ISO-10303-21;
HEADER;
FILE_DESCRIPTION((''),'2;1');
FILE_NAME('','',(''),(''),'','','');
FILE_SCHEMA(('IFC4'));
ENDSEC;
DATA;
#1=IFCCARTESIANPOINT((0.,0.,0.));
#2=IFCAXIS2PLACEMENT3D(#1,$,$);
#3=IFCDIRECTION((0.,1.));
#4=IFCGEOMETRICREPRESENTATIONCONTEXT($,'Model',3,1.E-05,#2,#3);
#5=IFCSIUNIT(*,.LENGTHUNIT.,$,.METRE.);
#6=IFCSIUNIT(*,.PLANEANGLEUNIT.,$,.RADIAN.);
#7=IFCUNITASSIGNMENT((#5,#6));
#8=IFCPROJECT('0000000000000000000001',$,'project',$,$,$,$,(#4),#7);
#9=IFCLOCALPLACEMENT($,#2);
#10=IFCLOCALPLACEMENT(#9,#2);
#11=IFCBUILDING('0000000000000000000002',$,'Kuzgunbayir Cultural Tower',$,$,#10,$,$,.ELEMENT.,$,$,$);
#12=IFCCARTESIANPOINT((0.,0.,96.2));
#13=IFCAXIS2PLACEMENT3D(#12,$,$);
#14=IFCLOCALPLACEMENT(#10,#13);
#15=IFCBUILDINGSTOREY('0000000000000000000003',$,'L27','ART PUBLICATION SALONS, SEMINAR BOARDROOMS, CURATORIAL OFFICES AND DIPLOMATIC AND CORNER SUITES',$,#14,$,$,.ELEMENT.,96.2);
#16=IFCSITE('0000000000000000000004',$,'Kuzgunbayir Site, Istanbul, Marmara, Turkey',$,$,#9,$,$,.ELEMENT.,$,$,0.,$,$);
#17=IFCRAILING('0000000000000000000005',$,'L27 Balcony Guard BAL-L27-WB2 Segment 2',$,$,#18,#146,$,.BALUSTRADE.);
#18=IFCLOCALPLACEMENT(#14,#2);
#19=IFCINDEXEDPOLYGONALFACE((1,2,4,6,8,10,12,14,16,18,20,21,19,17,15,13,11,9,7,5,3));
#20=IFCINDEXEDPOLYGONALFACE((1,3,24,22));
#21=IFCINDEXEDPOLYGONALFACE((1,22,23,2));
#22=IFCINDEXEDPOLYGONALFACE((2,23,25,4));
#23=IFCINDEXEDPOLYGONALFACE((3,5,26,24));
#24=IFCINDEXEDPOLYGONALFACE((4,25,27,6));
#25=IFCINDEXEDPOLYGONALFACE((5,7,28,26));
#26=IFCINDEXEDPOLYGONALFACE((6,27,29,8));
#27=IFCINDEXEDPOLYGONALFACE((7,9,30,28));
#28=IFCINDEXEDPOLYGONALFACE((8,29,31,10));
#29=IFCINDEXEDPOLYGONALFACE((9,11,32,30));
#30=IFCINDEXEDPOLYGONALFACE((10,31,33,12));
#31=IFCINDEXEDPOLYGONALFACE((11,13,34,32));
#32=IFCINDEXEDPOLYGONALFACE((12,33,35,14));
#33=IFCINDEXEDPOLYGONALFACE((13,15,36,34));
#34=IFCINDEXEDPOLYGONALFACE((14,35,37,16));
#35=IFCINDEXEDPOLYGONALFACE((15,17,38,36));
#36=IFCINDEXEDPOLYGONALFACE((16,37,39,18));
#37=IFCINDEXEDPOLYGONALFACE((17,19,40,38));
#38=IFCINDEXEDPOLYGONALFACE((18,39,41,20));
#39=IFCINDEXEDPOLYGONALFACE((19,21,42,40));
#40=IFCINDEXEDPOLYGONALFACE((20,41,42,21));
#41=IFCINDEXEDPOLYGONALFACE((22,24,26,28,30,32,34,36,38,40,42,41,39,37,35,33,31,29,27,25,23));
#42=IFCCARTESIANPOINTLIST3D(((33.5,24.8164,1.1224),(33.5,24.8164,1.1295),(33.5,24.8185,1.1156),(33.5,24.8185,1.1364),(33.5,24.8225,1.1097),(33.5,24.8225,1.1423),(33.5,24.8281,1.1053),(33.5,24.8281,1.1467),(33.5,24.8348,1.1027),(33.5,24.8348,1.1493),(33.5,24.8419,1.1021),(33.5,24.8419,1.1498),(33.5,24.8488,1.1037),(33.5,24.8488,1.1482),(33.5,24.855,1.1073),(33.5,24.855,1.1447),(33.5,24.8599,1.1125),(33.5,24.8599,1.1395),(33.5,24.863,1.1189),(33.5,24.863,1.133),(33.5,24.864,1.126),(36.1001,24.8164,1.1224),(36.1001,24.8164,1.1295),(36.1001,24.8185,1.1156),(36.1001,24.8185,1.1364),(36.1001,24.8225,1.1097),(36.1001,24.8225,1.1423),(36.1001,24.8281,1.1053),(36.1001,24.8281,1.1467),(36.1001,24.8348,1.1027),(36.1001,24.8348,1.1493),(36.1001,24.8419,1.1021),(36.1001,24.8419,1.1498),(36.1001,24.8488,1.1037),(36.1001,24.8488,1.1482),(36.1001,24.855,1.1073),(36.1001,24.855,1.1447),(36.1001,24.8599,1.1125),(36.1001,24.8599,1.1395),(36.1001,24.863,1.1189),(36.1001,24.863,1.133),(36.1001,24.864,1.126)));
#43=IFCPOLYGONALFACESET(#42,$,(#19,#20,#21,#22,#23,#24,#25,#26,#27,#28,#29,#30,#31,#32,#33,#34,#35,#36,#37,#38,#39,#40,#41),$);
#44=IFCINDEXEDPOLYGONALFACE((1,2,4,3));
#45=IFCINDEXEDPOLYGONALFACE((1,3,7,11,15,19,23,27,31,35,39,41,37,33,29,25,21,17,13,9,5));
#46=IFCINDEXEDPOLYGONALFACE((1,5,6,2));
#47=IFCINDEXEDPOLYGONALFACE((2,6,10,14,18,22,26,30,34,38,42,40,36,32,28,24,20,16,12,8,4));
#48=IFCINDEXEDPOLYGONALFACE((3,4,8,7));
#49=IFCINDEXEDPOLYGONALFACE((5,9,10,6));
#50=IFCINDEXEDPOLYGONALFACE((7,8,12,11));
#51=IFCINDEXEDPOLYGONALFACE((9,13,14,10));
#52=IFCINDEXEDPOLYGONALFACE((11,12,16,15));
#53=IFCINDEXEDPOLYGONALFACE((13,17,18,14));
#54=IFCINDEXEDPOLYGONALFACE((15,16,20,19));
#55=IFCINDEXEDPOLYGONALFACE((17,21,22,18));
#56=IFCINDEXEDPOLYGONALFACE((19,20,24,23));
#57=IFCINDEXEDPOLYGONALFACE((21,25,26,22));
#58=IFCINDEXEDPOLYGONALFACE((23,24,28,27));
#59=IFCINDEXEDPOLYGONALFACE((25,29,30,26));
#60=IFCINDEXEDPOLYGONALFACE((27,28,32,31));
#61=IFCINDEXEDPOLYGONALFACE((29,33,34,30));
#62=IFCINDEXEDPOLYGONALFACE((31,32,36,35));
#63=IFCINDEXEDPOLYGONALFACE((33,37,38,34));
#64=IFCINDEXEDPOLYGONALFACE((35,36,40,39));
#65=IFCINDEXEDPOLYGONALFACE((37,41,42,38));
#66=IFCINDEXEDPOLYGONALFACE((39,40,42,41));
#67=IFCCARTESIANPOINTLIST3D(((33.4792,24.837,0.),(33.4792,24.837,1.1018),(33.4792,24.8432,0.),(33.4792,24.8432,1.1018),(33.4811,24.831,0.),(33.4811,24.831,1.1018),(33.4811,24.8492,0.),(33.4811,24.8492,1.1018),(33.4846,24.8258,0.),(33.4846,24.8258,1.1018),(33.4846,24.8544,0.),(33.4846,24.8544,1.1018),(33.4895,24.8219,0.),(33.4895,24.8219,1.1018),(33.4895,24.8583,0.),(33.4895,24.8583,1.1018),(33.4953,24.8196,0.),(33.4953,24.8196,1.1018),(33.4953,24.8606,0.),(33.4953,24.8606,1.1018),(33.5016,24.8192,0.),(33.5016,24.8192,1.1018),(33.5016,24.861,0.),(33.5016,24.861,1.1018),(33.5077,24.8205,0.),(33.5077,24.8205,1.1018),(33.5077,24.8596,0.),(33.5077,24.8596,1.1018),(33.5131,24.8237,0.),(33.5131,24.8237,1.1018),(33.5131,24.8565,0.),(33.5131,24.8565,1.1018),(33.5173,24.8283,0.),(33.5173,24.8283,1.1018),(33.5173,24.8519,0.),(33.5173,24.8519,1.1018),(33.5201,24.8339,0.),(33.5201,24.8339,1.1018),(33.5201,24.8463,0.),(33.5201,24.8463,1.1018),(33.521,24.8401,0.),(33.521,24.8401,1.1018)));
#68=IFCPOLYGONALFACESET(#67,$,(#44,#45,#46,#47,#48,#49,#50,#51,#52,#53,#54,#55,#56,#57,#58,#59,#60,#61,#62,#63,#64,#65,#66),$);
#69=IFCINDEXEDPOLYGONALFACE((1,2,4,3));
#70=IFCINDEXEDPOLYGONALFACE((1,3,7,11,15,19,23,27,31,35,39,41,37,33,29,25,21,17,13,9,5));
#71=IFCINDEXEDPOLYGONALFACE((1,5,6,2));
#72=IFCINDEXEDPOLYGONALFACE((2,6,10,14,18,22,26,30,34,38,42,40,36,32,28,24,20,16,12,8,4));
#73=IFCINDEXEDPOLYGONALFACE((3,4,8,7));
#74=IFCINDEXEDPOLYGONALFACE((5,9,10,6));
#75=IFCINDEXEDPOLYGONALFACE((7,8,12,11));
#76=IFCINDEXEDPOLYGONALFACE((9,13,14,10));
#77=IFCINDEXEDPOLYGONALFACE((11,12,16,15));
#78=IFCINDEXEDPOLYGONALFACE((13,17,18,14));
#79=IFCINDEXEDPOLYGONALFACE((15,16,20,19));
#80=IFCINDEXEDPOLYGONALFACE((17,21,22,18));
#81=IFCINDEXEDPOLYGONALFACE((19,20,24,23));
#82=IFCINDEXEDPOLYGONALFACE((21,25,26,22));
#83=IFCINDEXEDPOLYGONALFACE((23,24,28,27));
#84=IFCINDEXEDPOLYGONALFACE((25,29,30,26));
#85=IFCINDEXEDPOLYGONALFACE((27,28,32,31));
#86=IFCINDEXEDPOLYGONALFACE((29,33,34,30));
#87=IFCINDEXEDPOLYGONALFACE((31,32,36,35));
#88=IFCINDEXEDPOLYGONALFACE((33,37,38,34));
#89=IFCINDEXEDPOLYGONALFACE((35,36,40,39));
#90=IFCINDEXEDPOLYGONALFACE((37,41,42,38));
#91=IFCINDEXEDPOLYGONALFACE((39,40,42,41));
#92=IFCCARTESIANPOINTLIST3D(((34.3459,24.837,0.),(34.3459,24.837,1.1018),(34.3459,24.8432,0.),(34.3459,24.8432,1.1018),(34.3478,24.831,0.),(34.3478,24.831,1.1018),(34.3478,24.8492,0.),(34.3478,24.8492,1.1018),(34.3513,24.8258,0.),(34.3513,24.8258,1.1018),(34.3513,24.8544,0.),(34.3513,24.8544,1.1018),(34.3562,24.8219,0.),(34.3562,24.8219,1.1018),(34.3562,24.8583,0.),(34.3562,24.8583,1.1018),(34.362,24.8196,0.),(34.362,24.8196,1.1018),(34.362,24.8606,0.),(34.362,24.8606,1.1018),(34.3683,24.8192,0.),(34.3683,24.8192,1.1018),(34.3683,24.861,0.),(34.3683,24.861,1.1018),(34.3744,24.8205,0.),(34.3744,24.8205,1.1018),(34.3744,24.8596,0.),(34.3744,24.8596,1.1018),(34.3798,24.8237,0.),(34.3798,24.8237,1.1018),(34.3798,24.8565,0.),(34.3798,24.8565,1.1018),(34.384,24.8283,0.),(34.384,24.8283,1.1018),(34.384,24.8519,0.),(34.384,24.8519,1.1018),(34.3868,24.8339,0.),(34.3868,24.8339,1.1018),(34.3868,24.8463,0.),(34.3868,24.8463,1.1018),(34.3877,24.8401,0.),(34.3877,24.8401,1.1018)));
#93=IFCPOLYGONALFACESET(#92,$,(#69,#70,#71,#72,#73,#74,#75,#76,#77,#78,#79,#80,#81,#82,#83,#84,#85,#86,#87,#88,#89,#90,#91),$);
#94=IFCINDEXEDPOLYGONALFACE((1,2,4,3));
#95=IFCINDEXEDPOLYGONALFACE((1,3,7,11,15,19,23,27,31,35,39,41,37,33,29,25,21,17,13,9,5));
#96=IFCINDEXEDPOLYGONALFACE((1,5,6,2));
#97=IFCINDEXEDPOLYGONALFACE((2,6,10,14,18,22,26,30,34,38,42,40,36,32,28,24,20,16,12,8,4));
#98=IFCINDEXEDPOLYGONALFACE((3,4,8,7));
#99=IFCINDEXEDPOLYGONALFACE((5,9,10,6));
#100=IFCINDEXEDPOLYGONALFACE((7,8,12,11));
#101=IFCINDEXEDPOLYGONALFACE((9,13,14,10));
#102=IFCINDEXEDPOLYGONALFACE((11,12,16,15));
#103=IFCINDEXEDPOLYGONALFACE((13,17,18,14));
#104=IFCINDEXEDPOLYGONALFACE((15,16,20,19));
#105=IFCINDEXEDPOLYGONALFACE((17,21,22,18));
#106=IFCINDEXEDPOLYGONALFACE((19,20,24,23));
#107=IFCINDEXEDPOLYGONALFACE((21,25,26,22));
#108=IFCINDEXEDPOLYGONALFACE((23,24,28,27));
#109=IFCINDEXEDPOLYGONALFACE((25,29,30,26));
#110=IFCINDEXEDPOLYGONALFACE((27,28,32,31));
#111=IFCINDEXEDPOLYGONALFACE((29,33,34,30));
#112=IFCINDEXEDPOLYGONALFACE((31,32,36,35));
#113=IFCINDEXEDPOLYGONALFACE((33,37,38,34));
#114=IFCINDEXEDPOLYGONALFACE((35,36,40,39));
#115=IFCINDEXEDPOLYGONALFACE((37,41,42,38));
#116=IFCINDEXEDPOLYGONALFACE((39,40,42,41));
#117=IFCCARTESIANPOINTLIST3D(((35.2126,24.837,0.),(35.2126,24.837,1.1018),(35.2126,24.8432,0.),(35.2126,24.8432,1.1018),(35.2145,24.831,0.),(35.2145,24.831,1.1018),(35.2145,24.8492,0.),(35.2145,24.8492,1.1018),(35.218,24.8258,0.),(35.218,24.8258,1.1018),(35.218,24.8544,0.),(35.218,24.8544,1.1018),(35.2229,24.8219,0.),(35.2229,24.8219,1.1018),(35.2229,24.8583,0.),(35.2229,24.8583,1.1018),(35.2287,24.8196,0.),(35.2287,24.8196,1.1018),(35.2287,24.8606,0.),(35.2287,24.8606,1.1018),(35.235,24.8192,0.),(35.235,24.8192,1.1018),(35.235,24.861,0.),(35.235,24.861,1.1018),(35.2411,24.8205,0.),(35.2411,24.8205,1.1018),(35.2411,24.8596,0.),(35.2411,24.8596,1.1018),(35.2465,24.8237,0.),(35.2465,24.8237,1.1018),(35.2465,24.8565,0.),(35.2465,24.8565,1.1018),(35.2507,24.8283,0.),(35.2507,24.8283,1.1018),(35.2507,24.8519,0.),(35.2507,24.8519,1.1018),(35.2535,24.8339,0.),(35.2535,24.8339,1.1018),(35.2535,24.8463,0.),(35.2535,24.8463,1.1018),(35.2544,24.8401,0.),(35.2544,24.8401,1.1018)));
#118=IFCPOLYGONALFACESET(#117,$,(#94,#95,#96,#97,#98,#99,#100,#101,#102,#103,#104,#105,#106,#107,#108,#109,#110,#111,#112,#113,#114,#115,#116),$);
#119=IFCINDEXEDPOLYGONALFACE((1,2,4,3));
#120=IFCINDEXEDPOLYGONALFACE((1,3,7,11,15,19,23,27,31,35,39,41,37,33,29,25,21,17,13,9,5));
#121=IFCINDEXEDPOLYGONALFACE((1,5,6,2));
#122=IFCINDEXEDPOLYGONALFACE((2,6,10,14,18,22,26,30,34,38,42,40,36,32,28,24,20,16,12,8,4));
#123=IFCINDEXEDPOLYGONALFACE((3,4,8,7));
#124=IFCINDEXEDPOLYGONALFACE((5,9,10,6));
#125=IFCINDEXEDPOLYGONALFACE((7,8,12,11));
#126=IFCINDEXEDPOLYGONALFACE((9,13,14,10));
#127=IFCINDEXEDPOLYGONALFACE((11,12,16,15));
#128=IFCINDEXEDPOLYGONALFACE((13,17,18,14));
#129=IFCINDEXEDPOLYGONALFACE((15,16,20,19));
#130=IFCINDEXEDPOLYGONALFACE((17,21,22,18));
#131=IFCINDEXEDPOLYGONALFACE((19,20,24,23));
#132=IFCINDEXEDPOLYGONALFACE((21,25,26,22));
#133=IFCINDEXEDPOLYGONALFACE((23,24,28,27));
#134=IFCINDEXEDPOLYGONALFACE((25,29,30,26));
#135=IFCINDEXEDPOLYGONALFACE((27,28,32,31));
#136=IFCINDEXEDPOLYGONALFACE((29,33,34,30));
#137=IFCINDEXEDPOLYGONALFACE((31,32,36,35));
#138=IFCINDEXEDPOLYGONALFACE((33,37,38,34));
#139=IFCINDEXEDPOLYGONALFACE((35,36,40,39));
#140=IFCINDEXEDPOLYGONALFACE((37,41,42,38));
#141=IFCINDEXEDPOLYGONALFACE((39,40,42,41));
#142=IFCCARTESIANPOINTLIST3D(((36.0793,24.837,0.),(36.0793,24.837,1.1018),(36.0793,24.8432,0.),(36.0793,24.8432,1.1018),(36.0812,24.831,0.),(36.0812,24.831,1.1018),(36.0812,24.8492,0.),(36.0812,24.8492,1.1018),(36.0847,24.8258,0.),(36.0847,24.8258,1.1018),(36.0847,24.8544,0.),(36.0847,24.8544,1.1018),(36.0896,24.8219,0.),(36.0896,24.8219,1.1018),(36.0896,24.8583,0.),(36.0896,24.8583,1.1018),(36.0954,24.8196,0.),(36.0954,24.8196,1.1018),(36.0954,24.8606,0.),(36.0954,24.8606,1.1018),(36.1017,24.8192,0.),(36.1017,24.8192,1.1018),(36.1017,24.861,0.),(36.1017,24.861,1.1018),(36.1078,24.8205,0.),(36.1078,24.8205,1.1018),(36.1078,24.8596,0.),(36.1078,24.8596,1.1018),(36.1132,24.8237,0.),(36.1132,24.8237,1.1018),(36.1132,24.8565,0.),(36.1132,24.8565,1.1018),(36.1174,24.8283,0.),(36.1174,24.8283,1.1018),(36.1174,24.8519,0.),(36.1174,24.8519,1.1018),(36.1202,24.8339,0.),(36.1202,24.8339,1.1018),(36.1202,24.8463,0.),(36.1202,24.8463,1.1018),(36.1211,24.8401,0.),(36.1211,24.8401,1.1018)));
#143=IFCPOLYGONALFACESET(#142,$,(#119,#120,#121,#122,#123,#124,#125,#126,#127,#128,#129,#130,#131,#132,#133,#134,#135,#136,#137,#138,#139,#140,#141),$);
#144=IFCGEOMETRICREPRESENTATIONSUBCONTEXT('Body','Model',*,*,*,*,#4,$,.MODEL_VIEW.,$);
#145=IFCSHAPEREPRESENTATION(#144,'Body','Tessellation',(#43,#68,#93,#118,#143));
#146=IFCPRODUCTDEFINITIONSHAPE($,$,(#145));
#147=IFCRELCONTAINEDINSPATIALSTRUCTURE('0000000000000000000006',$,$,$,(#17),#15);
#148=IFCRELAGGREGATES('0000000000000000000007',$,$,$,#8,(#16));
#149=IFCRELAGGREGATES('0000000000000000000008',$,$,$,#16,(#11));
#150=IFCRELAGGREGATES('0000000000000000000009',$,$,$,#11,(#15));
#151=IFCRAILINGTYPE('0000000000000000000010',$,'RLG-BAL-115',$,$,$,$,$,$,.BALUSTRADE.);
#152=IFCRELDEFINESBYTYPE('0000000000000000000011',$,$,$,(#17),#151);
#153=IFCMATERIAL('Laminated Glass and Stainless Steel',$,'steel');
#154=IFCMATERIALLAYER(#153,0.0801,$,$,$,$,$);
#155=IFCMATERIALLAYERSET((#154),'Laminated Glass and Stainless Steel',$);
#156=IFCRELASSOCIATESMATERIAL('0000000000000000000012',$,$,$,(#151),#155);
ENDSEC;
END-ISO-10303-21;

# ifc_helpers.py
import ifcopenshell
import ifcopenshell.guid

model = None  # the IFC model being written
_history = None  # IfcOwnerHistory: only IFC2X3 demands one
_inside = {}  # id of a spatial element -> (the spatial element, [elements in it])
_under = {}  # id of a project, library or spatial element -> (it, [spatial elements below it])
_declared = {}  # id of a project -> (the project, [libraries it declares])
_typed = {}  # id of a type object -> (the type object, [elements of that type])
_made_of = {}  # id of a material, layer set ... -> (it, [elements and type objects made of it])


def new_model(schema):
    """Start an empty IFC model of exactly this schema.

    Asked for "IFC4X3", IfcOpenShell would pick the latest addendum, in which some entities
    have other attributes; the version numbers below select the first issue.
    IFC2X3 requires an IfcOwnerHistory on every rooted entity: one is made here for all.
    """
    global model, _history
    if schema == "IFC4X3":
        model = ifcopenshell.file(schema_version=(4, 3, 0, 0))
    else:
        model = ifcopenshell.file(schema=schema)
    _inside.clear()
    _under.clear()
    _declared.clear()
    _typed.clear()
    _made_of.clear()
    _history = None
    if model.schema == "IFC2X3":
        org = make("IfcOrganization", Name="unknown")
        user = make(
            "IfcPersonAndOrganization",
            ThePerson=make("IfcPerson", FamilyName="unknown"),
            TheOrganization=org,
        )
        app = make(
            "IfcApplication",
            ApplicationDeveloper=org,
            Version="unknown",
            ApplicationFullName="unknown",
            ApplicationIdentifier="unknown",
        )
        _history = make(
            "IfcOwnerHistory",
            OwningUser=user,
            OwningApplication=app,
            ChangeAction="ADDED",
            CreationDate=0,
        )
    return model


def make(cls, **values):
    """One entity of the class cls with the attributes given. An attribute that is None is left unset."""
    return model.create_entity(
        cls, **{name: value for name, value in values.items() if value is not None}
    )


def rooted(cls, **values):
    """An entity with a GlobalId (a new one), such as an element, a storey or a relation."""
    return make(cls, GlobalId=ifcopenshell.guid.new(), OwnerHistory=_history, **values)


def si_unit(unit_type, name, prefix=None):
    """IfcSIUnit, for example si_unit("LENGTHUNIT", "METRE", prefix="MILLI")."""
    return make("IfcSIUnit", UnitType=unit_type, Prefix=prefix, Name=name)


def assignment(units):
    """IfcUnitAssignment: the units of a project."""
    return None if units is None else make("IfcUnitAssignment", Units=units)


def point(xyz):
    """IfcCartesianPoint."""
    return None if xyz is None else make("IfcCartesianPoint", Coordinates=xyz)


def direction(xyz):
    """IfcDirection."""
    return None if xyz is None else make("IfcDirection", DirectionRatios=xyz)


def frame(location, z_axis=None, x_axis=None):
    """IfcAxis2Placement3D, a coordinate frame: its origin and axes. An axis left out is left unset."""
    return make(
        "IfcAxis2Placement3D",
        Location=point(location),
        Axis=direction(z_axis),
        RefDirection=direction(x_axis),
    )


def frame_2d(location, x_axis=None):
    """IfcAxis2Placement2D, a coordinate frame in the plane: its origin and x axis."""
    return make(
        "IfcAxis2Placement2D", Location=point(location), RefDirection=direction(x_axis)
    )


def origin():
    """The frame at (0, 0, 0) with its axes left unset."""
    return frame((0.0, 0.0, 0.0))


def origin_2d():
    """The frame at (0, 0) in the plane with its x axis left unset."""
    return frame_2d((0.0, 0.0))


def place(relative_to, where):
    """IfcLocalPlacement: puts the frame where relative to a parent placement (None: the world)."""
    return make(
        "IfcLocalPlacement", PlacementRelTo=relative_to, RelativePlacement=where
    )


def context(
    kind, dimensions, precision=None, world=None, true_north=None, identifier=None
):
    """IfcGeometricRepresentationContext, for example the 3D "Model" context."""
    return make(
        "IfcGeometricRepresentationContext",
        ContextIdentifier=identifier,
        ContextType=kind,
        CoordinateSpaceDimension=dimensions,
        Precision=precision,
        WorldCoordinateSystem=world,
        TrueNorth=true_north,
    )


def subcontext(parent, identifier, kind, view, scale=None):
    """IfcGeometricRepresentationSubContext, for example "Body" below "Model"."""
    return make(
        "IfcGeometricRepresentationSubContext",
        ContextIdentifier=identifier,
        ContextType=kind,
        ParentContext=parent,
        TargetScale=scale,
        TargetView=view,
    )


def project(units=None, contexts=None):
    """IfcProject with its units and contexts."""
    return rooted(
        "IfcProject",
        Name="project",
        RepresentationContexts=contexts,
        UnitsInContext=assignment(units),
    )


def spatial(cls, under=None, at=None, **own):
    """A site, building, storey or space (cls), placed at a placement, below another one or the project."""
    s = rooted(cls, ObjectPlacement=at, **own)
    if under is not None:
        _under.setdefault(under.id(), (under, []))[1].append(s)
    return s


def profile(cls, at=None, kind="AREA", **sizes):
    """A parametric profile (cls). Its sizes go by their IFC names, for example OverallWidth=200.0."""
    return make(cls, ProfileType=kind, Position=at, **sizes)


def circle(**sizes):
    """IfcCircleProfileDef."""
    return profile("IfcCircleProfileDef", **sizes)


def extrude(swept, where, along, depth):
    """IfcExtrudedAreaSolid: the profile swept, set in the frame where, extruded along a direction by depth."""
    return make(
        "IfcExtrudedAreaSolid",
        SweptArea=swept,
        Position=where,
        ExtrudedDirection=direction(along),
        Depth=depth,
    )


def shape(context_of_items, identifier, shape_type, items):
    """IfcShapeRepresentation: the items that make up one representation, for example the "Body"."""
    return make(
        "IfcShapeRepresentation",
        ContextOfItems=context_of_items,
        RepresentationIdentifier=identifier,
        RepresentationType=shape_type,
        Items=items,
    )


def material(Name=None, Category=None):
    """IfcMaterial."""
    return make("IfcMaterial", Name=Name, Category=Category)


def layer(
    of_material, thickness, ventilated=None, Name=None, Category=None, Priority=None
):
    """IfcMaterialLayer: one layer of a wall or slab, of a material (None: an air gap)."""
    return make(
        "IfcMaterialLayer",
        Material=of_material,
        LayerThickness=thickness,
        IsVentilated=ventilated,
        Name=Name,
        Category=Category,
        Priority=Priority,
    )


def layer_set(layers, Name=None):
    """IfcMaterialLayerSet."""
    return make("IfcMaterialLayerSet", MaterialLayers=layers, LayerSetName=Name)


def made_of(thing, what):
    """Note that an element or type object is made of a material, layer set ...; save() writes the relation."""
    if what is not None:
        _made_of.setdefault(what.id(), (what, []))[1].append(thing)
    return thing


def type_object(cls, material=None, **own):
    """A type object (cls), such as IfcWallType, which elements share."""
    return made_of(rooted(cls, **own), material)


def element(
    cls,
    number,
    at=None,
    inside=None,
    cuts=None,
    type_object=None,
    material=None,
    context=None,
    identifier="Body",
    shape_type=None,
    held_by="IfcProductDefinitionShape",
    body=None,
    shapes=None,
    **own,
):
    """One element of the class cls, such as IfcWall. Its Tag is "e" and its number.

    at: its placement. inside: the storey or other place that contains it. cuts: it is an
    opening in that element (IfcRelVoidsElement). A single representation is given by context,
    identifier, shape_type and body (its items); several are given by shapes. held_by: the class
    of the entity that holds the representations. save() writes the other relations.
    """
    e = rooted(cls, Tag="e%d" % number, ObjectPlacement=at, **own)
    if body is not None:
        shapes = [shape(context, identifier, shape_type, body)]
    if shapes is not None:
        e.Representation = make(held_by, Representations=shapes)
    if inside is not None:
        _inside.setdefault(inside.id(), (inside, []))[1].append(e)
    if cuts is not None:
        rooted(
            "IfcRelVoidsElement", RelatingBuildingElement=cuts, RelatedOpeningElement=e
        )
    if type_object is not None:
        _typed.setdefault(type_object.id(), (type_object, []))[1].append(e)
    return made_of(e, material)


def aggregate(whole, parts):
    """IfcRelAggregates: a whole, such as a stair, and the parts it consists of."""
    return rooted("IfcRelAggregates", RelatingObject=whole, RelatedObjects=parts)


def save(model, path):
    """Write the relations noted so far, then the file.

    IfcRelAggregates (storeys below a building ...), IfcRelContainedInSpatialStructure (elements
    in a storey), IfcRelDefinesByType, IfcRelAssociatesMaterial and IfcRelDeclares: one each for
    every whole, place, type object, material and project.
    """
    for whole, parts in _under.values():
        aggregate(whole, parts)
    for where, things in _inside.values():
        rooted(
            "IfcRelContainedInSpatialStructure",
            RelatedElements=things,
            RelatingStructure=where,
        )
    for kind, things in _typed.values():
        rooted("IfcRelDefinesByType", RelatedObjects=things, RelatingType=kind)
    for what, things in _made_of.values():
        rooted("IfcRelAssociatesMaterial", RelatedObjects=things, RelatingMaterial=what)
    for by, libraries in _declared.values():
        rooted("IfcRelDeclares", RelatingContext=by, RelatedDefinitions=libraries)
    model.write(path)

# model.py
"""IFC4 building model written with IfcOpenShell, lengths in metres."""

from ifc_helpers import new_model, si_unit, direction, frame, origin, origin_2d, place, context, subcontext, project, spatial, circle, extrude, material, layer, layer_set, type_object, element, save


model = new_model("IFC4")

# Units and contexts
model_context = context("Model", 3, precision=1e-05, world=origin(), true_north=direction((0.0, 1.0)))
body_context = subcontext(model_context, "Body", "Model", "MODEL_VIEW")
ifc_project = project(units=[si_unit("LENGTHUNIT", "METRE"), si_unit("PLANEANGLEUNIT", "RADIAN")], contexts=[model_context])

# Site, building, storey
site_placement = place(None, origin())
site = spatial("IfcSite", under=ifc_project, at=site_placement, Name="Kuzgunbayir Site, Istanbul, Marmara, Turkey", CompositionType="ELEMENT", RefElevation=0.0)
building_placement = place(site_placement, origin())
building = spatial("IfcBuilding", under=site, at=building_placement, Name="Kuzgunbayir Cultural Tower", CompositionType="ELEMENT")
storey_placement = place(building_placement, frame((0.0, 0.0, 96.2)))
storey = spatial("IfcBuildingStorey", under=building, at=storey_placement, Name="L27", Description="ART PUBLICATION SALONS, SEMINAR BOARDROOMS, CURATORIAL OFFICES AND DIPLOMATIC AND CORNER SUITES", CompositionType="ELEMENT", Elevation=96.2)

# Railing
ifc_material_1 = material(Name="Laminated Glass and Stainless Steel", Category="steel")
ifc_layer_1 = layer(ifc_material_1, 0.0801)
ifc_layer_set_1 = layer_set([ifc_layer_1], Name="Laminated Glass and Stainless Steel")
railing_type = type_object("IfcRailingType", Name="RLG-BAL-115", PredefinedType="BALUSTRADE", material=ifc_layer_set_1)
railing_1_placement = place(storey_placement, frame((33.5, 24.8401, 0.0)))
element("IfcRailing", 1, at=railing_1_placement, inside=storey, type_object=railing_type, Name="L27 Balcony Guard BAL-L27-WB2 Segment 2", PredefinedType="BALUSTRADE", context=body_context, shape_type="SweptSolid", body=[
    extrude(circle(Radius=0.0239, at=origin_2d()), frame((0.0, 0.0, 1.126), z_axis=(1.0, 0.0, 0.0), x_axis=(0.0, 1.0, 0.0)), (0.0, 0.0, 1.0), 2.6001),
    extrude(circle(Radius=0.021, at=origin_2d()), origin(), (0.0, 0.0, 1.0), 1.1018),
    extrude(circle(Radius=0.021, at=origin_2d()), frame((0.8667, 0.0, 0.0)), (0.0, 0.0, 1.0), 1.1018),
    extrude(circle(Radius=0.021, at=origin_2d()), frame((1.7334, 0.0, 0.0)), (0.0, 0.0, 1.0), 1.1018),
    extrude(circle(Radius=0.021, at=origin_2d()), frame((2.6001, 0.0, 0.0)), (0.0, 0.0, 1.0), 1.1018),
])

save(model, "model.ifc")
